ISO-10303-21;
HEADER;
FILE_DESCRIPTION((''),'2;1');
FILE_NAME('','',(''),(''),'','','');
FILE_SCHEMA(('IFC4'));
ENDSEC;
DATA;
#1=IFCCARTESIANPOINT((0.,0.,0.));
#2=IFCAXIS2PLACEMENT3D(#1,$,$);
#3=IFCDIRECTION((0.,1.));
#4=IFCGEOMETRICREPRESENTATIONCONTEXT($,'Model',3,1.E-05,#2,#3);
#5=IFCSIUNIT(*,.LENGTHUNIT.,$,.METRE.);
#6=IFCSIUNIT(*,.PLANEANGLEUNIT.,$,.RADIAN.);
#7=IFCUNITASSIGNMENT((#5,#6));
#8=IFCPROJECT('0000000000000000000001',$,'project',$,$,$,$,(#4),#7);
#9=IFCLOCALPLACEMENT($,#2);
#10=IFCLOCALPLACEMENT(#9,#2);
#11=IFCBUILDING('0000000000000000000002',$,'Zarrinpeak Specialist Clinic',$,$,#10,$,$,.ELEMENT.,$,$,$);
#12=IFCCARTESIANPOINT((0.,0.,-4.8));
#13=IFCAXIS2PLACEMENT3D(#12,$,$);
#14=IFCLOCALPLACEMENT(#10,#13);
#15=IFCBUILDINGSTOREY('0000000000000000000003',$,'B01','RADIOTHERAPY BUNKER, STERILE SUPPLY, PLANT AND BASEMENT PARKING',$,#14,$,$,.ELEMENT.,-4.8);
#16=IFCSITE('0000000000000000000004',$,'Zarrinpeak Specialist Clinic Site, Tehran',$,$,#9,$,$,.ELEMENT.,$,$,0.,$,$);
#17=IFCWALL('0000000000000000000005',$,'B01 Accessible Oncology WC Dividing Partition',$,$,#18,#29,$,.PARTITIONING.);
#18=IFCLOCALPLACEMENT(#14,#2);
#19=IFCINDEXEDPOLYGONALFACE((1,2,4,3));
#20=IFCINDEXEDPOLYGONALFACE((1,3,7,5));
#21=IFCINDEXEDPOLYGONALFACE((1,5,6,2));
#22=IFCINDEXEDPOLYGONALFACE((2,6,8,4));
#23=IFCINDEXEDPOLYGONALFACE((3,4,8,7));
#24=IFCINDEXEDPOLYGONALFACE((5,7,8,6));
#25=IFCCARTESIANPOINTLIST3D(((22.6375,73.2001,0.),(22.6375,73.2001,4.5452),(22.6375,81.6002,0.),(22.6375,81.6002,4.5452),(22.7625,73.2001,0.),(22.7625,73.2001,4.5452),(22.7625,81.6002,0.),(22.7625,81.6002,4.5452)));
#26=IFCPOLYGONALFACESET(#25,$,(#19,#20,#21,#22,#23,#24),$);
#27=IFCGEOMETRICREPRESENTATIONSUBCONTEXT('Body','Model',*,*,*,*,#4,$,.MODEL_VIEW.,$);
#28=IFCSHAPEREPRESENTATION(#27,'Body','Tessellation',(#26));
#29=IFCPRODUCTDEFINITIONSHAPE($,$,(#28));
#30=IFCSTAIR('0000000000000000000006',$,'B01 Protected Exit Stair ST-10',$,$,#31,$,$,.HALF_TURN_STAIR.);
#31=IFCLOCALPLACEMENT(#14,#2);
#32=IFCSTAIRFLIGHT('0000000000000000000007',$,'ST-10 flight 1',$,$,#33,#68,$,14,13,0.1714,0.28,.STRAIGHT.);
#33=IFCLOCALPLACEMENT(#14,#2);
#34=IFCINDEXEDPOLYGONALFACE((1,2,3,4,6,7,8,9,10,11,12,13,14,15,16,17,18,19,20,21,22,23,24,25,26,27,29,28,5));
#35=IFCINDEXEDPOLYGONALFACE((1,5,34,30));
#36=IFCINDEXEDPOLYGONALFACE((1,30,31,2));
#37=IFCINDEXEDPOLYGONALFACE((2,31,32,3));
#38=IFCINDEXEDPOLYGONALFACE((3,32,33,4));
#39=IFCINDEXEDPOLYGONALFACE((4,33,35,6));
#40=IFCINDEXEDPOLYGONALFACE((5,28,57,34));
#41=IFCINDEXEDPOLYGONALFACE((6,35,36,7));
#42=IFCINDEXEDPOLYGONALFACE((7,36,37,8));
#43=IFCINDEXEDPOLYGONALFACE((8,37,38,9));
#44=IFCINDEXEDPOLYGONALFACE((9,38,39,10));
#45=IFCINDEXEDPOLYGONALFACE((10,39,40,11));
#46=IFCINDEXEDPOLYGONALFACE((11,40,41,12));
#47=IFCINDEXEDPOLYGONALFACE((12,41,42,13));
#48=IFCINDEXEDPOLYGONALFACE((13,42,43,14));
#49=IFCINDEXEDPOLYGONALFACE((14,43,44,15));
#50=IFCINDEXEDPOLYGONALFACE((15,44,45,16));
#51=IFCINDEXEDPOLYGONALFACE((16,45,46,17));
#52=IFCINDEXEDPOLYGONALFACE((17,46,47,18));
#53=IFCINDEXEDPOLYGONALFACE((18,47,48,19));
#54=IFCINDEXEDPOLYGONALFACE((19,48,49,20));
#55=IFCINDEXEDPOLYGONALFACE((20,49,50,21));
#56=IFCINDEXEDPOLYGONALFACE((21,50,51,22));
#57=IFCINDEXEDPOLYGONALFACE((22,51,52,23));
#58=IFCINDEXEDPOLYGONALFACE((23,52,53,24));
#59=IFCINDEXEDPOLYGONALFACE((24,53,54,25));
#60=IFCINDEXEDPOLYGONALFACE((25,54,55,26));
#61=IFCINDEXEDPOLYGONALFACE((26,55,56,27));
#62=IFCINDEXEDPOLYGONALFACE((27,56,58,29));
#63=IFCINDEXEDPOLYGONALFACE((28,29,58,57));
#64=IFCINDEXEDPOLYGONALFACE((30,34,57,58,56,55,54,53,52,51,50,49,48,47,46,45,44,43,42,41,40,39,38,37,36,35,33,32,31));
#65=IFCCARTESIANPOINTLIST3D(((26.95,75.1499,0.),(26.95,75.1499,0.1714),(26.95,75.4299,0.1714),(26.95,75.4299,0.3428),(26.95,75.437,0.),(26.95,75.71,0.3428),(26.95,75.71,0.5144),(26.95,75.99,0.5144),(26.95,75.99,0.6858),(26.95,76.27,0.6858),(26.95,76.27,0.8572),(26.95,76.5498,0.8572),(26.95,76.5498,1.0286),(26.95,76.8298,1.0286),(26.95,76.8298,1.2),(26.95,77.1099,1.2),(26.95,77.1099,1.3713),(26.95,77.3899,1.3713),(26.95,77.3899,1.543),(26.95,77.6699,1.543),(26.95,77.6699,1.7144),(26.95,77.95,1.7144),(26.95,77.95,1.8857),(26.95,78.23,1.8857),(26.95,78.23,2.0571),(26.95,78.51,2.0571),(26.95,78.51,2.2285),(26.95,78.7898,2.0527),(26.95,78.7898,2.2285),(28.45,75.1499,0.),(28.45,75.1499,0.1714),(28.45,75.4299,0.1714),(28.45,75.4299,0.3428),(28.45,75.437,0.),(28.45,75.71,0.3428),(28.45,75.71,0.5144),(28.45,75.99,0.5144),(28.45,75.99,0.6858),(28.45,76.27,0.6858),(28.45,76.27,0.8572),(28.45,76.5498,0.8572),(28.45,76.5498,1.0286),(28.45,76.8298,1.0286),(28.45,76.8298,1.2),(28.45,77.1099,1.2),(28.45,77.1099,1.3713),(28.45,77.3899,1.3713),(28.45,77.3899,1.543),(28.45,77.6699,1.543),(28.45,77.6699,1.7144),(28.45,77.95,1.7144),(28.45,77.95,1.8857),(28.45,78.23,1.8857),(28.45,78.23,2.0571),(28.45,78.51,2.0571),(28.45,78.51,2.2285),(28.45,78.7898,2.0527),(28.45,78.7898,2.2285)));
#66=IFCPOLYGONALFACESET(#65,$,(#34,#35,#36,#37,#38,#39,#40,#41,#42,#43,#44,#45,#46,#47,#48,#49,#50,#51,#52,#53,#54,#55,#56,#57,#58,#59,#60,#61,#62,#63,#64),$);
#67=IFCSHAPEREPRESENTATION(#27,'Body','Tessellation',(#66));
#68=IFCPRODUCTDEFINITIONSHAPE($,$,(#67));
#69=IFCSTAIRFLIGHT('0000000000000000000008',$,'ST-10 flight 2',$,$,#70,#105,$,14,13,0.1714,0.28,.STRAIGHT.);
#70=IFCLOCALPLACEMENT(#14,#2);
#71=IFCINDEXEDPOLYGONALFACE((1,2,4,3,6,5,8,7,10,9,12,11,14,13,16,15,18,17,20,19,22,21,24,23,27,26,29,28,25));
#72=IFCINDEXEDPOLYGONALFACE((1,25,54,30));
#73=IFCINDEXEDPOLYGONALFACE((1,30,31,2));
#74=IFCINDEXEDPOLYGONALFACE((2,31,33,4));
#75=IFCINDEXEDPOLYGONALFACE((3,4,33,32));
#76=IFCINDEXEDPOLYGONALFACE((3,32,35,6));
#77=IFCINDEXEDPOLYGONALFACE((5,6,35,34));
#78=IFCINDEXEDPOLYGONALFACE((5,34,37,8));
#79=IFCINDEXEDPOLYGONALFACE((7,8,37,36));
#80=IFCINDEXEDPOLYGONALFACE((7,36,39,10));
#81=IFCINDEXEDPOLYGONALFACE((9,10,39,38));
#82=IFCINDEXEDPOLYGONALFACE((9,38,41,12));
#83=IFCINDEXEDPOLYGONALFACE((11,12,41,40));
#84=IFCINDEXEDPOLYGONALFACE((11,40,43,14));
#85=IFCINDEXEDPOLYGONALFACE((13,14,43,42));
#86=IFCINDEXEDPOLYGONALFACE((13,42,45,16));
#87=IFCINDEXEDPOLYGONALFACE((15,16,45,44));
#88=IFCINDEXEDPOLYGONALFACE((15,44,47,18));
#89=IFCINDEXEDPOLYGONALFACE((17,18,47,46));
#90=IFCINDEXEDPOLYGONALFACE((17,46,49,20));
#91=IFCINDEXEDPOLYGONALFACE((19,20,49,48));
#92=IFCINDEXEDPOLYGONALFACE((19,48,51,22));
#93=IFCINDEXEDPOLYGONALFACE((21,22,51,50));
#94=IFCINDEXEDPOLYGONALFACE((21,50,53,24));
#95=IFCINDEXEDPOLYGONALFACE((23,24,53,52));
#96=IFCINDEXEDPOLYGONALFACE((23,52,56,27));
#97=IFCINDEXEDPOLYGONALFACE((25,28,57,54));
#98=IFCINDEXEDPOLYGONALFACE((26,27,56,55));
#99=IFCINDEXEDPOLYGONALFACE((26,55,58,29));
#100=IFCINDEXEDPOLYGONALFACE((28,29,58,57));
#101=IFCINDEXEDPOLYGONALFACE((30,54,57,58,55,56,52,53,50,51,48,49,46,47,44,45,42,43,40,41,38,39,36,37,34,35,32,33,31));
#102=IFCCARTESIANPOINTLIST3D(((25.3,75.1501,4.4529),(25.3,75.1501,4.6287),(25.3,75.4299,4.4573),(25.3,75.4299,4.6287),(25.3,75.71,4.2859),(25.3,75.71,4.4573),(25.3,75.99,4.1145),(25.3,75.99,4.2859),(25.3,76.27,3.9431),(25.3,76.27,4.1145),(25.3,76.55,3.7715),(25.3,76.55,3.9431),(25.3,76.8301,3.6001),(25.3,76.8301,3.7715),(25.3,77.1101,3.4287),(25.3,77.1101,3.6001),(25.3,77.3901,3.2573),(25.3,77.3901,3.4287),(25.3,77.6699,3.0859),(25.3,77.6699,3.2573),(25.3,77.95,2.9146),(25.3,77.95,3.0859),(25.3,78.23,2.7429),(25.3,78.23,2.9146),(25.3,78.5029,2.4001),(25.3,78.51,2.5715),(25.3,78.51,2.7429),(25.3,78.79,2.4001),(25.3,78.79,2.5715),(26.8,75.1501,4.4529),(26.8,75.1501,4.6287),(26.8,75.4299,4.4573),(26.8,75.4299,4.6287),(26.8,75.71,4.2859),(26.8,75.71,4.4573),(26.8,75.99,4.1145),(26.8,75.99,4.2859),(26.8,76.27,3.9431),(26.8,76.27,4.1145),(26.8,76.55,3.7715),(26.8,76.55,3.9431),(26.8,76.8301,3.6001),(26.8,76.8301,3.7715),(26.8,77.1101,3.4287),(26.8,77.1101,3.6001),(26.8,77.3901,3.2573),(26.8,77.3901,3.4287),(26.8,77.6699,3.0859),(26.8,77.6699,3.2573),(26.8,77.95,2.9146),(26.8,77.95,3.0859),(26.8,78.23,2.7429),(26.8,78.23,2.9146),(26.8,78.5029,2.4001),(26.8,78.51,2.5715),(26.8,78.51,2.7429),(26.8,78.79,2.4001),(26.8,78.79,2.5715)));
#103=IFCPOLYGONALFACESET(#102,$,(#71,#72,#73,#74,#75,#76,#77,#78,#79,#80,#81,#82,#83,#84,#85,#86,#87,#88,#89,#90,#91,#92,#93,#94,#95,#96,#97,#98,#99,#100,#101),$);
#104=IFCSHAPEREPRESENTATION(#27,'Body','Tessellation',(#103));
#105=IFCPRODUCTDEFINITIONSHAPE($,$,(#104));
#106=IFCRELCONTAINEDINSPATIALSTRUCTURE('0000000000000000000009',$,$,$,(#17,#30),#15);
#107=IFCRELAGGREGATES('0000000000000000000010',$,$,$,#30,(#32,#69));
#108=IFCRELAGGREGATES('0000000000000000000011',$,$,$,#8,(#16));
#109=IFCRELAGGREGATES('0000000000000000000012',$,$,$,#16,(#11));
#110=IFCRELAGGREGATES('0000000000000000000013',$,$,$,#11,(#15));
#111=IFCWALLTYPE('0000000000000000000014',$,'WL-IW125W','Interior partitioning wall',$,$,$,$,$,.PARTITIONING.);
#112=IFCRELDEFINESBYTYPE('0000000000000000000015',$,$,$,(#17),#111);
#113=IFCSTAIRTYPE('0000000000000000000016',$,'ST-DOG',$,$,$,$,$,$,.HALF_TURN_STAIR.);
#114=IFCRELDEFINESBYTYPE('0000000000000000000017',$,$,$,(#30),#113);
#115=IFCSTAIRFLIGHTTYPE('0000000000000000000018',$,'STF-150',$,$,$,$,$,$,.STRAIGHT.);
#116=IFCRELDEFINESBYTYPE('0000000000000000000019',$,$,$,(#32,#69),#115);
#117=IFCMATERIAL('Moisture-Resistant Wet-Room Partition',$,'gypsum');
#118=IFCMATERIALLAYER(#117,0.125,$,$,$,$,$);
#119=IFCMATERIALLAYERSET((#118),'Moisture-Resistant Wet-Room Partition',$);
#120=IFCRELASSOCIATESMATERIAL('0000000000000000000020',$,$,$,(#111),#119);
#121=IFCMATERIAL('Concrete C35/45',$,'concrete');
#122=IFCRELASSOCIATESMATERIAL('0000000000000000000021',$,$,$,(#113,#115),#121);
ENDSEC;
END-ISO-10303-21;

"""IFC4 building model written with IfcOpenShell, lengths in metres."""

from ifc_helpers import new_model, si_unit, direction, frame, frame_2d, origin, place, context, subcontext, project, spatial, polyline, rectangle, outline, extrude, material, layer, layer_set, type_object, element, aggregate, save


model = new_model("IFC4")

# Units and contexts
model_context = context("Model", 3, precision=1e-05, world=origin(), true_north=direction((0.0, 1.0)))
body_context = subcontext(model_context, "Body", "Model", "MODEL_VIEW")
ifc_project = project(units=[si_unit("LENGTHUNIT", "METRE"), si_unit("PLANEANGLEUNIT", "RADIAN")], contexts=[model_context])

# Site, building, storey
site_placement = place(None, origin())
site = spatial("IfcSite", under=ifc_project, at=site_placement, Name="Zarrinpeak Specialist Clinic Site, Tehran", CompositionType="ELEMENT", RefElevation=0.0)
building_placement = place(site_placement, origin())
building = spatial("IfcBuilding", under=site, at=building_placement, Name="Zarrinpeak Specialist Clinic", CompositionType="ELEMENT")
storey_placement = place(building_placement, frame((0.0, 0.0, -4.8)))
storey = spatial("IfcBuildingStorey", under=building, at=storey_placement, Name="B01", Description="RADIOTHERAPY BUNKER, STERILE SUPPLY, PLANT AND BASEMENT PARKING", CompositionType="ELEMENT", Elevation=-4.8)

# Wall
ifc_material_1 = material(Name="Moisture-Resistant Wet-Room Partition", Category="gypsum")
ifc_layer_1 = layer(ifc_material_1, 0.125)
ifc_layer_set_1 = layer_set([ifc_layer_1], Name="Moisture-Resistant Wet-Room Partition")
wall_type_1 = type_object("IfcWallType", Name="WL-IW125W", Description="Interior partitioning wall", PredefinedType="PARTITIONING", material=ifc_layer_set_1)
wall_1_placement = place(storey_placement, frame((22.7, 73.2, 0.0), z_axis=(0.0, 0.0, 1.0), x_axis=(0.0, 1.0, 0.0)))
element("IfcWall", 1, at=wall_1_placement, inside=storey, type_object=wall_type_1, Name="B01 Accessible Oncology WC Dividing Partition", PredefinedType="PARTITIONING", context=body_context, shape_type="SweptSolid", body=[
    extrude(rectangle(XDim=8.4001, YDim=0.125, at=frame_2d((4.2002, 0.0))), origin(), (0.0, 0.0, 1.0), 4.5452),
])

# Stair, stair flights
ifc_material_2 = material(Name="Concrete C35/45", Category="concrete")
stair_type = type_object("IfcStairType", Name="ST-DOG", PredefinedType="HALF_TURN_STAIR", material=ifc_material_2)
stair_placement = place(storey_placement, origin())
stair = element("IfcStair", 2, at=stair_placement, inside=storey, type_object=stair_type, Name="B01 Protected Exit Stair ST-10", PredefinedType="HALF_TURN_STAIR")
stair_flight_type = type_object("IfcStairFlightType", Name="STF-150", PredefinedType="STRAIGHT", material=ifc_material_2)
stair_flight_1_placement = place(storey_placement, frame((27.7, 75.1499, 0.0), z_axis=(0.0, 0.0, 1.0), x_axis=(0.0, 1.0, 0.0)))
stair_flight_1 = element("IfcStairFlight", 3, at=stair_flight_1_placement, type_object=stair_flight_type, Name="ST-10 flight 1", NumberOfRisers=14, NumberOfTreads=13, PredefinedType="STRAIGHT", RiserHeight=0.1714, TreadLength=0.28, context=body_context, shape_type="SweptSolid", body=[
    extrude(outline(polyline([(0.0, 0.0), (0.0, 0.1714), (0.28, 0.1714), (0.28, 0.3428), (0.5601, 0.3428), (0.5601, 0.5144), (0.8401, 0.5144), (0.8401, 0.6858), (1.1201, 0.6858), (1.1201, 0.8572), (1.3999, 0.8572), (1.3999, 1.0286), (1.6799, 1.0286), (1.6799, 1.2), (1.96, 1.2), (1.96, 1.3713), (2.24, 1.3713), (2.24, 1.543), (2.52, 1.543), (2.52, 1.7144), (2.8, 1.7144), (2.8, 1.8857), (3.0801, 1.8857), (3.0801, 2.0571), (3.3601, 2.0571), (3.3601, 2.2285), (3.6399, 2.2285), (3.6399, 2.3999), (3.6399, 2.0527), (0.2871, 0.0), (0.0, 0.0)])), frame((0.0, 0.75, 0.0), z_axis=(0.0, -1.0, 0.0), x_axis=(1.0, 0.0, 0.0)), (0.0, 0.0, 1.0), 1.5),
])
stair_flight_2_placement = place(storey_placement, frame((26.05, 78.79, 2.4001), z_axis=(0.0, 0.0, 1.0), x_axis=(0.0, -1.0, 0.0)))
stair_flight_2 = element("IfcStairFlight", 4, at=stair_flight_2_placement, type_object=stair_flight_type, Name="ST-10 flight 2", NumberOfRisers=14, NumberOfTreads=13, PredefinedType="STRAIGHT", RiserHeight=0.1714, TreadLength=0.28, context=body_context, shape_type="SweptSolid", body=[
    extrude(outline(polyline([(0.0, 0.0), (0.0, 0.1714), (0.28, 0.1714), (0.28, 0.3428), (0.5601, 0.3428), (0.5601, 0.5144), (0.8401, 0.5144), (0.8401, 0.6858), (1.1201, 0.6858), (1.1201, 0.8572), (1.3999, 0.8572), (1.3999, 1.0286), (1.6799, 1.0286), (1.6799, 1.2), (1.96, 1.2), (1.96, 1.3713), (2.24, 1.3713), (2.24, 1.543), (2.52, 1.543), (2.52, 1.7144), (2.8, 1.7144), (2.8, 1.8857), (3.0801, 1.8857), (3.0801, 2.0571), (3.3601, 2.0571), (3.3601, 2.2285), (3.6399, 2.2285), (3.6399, 2.3999), (3.6399, 2.0527), (0.2871, 0.0), (0.0, 0.0)])), frame((0.0, 0.75, 0.0), z_axis=(0.0, -1.0, 0.0), x_axis=(1.0, 0.0, 0.0)), (0.0, 0.0, 1.0), 1.5),
])
aggregate(stair, [stair_flight_1, stair_flight_2])

save(model, "model.ifc")
